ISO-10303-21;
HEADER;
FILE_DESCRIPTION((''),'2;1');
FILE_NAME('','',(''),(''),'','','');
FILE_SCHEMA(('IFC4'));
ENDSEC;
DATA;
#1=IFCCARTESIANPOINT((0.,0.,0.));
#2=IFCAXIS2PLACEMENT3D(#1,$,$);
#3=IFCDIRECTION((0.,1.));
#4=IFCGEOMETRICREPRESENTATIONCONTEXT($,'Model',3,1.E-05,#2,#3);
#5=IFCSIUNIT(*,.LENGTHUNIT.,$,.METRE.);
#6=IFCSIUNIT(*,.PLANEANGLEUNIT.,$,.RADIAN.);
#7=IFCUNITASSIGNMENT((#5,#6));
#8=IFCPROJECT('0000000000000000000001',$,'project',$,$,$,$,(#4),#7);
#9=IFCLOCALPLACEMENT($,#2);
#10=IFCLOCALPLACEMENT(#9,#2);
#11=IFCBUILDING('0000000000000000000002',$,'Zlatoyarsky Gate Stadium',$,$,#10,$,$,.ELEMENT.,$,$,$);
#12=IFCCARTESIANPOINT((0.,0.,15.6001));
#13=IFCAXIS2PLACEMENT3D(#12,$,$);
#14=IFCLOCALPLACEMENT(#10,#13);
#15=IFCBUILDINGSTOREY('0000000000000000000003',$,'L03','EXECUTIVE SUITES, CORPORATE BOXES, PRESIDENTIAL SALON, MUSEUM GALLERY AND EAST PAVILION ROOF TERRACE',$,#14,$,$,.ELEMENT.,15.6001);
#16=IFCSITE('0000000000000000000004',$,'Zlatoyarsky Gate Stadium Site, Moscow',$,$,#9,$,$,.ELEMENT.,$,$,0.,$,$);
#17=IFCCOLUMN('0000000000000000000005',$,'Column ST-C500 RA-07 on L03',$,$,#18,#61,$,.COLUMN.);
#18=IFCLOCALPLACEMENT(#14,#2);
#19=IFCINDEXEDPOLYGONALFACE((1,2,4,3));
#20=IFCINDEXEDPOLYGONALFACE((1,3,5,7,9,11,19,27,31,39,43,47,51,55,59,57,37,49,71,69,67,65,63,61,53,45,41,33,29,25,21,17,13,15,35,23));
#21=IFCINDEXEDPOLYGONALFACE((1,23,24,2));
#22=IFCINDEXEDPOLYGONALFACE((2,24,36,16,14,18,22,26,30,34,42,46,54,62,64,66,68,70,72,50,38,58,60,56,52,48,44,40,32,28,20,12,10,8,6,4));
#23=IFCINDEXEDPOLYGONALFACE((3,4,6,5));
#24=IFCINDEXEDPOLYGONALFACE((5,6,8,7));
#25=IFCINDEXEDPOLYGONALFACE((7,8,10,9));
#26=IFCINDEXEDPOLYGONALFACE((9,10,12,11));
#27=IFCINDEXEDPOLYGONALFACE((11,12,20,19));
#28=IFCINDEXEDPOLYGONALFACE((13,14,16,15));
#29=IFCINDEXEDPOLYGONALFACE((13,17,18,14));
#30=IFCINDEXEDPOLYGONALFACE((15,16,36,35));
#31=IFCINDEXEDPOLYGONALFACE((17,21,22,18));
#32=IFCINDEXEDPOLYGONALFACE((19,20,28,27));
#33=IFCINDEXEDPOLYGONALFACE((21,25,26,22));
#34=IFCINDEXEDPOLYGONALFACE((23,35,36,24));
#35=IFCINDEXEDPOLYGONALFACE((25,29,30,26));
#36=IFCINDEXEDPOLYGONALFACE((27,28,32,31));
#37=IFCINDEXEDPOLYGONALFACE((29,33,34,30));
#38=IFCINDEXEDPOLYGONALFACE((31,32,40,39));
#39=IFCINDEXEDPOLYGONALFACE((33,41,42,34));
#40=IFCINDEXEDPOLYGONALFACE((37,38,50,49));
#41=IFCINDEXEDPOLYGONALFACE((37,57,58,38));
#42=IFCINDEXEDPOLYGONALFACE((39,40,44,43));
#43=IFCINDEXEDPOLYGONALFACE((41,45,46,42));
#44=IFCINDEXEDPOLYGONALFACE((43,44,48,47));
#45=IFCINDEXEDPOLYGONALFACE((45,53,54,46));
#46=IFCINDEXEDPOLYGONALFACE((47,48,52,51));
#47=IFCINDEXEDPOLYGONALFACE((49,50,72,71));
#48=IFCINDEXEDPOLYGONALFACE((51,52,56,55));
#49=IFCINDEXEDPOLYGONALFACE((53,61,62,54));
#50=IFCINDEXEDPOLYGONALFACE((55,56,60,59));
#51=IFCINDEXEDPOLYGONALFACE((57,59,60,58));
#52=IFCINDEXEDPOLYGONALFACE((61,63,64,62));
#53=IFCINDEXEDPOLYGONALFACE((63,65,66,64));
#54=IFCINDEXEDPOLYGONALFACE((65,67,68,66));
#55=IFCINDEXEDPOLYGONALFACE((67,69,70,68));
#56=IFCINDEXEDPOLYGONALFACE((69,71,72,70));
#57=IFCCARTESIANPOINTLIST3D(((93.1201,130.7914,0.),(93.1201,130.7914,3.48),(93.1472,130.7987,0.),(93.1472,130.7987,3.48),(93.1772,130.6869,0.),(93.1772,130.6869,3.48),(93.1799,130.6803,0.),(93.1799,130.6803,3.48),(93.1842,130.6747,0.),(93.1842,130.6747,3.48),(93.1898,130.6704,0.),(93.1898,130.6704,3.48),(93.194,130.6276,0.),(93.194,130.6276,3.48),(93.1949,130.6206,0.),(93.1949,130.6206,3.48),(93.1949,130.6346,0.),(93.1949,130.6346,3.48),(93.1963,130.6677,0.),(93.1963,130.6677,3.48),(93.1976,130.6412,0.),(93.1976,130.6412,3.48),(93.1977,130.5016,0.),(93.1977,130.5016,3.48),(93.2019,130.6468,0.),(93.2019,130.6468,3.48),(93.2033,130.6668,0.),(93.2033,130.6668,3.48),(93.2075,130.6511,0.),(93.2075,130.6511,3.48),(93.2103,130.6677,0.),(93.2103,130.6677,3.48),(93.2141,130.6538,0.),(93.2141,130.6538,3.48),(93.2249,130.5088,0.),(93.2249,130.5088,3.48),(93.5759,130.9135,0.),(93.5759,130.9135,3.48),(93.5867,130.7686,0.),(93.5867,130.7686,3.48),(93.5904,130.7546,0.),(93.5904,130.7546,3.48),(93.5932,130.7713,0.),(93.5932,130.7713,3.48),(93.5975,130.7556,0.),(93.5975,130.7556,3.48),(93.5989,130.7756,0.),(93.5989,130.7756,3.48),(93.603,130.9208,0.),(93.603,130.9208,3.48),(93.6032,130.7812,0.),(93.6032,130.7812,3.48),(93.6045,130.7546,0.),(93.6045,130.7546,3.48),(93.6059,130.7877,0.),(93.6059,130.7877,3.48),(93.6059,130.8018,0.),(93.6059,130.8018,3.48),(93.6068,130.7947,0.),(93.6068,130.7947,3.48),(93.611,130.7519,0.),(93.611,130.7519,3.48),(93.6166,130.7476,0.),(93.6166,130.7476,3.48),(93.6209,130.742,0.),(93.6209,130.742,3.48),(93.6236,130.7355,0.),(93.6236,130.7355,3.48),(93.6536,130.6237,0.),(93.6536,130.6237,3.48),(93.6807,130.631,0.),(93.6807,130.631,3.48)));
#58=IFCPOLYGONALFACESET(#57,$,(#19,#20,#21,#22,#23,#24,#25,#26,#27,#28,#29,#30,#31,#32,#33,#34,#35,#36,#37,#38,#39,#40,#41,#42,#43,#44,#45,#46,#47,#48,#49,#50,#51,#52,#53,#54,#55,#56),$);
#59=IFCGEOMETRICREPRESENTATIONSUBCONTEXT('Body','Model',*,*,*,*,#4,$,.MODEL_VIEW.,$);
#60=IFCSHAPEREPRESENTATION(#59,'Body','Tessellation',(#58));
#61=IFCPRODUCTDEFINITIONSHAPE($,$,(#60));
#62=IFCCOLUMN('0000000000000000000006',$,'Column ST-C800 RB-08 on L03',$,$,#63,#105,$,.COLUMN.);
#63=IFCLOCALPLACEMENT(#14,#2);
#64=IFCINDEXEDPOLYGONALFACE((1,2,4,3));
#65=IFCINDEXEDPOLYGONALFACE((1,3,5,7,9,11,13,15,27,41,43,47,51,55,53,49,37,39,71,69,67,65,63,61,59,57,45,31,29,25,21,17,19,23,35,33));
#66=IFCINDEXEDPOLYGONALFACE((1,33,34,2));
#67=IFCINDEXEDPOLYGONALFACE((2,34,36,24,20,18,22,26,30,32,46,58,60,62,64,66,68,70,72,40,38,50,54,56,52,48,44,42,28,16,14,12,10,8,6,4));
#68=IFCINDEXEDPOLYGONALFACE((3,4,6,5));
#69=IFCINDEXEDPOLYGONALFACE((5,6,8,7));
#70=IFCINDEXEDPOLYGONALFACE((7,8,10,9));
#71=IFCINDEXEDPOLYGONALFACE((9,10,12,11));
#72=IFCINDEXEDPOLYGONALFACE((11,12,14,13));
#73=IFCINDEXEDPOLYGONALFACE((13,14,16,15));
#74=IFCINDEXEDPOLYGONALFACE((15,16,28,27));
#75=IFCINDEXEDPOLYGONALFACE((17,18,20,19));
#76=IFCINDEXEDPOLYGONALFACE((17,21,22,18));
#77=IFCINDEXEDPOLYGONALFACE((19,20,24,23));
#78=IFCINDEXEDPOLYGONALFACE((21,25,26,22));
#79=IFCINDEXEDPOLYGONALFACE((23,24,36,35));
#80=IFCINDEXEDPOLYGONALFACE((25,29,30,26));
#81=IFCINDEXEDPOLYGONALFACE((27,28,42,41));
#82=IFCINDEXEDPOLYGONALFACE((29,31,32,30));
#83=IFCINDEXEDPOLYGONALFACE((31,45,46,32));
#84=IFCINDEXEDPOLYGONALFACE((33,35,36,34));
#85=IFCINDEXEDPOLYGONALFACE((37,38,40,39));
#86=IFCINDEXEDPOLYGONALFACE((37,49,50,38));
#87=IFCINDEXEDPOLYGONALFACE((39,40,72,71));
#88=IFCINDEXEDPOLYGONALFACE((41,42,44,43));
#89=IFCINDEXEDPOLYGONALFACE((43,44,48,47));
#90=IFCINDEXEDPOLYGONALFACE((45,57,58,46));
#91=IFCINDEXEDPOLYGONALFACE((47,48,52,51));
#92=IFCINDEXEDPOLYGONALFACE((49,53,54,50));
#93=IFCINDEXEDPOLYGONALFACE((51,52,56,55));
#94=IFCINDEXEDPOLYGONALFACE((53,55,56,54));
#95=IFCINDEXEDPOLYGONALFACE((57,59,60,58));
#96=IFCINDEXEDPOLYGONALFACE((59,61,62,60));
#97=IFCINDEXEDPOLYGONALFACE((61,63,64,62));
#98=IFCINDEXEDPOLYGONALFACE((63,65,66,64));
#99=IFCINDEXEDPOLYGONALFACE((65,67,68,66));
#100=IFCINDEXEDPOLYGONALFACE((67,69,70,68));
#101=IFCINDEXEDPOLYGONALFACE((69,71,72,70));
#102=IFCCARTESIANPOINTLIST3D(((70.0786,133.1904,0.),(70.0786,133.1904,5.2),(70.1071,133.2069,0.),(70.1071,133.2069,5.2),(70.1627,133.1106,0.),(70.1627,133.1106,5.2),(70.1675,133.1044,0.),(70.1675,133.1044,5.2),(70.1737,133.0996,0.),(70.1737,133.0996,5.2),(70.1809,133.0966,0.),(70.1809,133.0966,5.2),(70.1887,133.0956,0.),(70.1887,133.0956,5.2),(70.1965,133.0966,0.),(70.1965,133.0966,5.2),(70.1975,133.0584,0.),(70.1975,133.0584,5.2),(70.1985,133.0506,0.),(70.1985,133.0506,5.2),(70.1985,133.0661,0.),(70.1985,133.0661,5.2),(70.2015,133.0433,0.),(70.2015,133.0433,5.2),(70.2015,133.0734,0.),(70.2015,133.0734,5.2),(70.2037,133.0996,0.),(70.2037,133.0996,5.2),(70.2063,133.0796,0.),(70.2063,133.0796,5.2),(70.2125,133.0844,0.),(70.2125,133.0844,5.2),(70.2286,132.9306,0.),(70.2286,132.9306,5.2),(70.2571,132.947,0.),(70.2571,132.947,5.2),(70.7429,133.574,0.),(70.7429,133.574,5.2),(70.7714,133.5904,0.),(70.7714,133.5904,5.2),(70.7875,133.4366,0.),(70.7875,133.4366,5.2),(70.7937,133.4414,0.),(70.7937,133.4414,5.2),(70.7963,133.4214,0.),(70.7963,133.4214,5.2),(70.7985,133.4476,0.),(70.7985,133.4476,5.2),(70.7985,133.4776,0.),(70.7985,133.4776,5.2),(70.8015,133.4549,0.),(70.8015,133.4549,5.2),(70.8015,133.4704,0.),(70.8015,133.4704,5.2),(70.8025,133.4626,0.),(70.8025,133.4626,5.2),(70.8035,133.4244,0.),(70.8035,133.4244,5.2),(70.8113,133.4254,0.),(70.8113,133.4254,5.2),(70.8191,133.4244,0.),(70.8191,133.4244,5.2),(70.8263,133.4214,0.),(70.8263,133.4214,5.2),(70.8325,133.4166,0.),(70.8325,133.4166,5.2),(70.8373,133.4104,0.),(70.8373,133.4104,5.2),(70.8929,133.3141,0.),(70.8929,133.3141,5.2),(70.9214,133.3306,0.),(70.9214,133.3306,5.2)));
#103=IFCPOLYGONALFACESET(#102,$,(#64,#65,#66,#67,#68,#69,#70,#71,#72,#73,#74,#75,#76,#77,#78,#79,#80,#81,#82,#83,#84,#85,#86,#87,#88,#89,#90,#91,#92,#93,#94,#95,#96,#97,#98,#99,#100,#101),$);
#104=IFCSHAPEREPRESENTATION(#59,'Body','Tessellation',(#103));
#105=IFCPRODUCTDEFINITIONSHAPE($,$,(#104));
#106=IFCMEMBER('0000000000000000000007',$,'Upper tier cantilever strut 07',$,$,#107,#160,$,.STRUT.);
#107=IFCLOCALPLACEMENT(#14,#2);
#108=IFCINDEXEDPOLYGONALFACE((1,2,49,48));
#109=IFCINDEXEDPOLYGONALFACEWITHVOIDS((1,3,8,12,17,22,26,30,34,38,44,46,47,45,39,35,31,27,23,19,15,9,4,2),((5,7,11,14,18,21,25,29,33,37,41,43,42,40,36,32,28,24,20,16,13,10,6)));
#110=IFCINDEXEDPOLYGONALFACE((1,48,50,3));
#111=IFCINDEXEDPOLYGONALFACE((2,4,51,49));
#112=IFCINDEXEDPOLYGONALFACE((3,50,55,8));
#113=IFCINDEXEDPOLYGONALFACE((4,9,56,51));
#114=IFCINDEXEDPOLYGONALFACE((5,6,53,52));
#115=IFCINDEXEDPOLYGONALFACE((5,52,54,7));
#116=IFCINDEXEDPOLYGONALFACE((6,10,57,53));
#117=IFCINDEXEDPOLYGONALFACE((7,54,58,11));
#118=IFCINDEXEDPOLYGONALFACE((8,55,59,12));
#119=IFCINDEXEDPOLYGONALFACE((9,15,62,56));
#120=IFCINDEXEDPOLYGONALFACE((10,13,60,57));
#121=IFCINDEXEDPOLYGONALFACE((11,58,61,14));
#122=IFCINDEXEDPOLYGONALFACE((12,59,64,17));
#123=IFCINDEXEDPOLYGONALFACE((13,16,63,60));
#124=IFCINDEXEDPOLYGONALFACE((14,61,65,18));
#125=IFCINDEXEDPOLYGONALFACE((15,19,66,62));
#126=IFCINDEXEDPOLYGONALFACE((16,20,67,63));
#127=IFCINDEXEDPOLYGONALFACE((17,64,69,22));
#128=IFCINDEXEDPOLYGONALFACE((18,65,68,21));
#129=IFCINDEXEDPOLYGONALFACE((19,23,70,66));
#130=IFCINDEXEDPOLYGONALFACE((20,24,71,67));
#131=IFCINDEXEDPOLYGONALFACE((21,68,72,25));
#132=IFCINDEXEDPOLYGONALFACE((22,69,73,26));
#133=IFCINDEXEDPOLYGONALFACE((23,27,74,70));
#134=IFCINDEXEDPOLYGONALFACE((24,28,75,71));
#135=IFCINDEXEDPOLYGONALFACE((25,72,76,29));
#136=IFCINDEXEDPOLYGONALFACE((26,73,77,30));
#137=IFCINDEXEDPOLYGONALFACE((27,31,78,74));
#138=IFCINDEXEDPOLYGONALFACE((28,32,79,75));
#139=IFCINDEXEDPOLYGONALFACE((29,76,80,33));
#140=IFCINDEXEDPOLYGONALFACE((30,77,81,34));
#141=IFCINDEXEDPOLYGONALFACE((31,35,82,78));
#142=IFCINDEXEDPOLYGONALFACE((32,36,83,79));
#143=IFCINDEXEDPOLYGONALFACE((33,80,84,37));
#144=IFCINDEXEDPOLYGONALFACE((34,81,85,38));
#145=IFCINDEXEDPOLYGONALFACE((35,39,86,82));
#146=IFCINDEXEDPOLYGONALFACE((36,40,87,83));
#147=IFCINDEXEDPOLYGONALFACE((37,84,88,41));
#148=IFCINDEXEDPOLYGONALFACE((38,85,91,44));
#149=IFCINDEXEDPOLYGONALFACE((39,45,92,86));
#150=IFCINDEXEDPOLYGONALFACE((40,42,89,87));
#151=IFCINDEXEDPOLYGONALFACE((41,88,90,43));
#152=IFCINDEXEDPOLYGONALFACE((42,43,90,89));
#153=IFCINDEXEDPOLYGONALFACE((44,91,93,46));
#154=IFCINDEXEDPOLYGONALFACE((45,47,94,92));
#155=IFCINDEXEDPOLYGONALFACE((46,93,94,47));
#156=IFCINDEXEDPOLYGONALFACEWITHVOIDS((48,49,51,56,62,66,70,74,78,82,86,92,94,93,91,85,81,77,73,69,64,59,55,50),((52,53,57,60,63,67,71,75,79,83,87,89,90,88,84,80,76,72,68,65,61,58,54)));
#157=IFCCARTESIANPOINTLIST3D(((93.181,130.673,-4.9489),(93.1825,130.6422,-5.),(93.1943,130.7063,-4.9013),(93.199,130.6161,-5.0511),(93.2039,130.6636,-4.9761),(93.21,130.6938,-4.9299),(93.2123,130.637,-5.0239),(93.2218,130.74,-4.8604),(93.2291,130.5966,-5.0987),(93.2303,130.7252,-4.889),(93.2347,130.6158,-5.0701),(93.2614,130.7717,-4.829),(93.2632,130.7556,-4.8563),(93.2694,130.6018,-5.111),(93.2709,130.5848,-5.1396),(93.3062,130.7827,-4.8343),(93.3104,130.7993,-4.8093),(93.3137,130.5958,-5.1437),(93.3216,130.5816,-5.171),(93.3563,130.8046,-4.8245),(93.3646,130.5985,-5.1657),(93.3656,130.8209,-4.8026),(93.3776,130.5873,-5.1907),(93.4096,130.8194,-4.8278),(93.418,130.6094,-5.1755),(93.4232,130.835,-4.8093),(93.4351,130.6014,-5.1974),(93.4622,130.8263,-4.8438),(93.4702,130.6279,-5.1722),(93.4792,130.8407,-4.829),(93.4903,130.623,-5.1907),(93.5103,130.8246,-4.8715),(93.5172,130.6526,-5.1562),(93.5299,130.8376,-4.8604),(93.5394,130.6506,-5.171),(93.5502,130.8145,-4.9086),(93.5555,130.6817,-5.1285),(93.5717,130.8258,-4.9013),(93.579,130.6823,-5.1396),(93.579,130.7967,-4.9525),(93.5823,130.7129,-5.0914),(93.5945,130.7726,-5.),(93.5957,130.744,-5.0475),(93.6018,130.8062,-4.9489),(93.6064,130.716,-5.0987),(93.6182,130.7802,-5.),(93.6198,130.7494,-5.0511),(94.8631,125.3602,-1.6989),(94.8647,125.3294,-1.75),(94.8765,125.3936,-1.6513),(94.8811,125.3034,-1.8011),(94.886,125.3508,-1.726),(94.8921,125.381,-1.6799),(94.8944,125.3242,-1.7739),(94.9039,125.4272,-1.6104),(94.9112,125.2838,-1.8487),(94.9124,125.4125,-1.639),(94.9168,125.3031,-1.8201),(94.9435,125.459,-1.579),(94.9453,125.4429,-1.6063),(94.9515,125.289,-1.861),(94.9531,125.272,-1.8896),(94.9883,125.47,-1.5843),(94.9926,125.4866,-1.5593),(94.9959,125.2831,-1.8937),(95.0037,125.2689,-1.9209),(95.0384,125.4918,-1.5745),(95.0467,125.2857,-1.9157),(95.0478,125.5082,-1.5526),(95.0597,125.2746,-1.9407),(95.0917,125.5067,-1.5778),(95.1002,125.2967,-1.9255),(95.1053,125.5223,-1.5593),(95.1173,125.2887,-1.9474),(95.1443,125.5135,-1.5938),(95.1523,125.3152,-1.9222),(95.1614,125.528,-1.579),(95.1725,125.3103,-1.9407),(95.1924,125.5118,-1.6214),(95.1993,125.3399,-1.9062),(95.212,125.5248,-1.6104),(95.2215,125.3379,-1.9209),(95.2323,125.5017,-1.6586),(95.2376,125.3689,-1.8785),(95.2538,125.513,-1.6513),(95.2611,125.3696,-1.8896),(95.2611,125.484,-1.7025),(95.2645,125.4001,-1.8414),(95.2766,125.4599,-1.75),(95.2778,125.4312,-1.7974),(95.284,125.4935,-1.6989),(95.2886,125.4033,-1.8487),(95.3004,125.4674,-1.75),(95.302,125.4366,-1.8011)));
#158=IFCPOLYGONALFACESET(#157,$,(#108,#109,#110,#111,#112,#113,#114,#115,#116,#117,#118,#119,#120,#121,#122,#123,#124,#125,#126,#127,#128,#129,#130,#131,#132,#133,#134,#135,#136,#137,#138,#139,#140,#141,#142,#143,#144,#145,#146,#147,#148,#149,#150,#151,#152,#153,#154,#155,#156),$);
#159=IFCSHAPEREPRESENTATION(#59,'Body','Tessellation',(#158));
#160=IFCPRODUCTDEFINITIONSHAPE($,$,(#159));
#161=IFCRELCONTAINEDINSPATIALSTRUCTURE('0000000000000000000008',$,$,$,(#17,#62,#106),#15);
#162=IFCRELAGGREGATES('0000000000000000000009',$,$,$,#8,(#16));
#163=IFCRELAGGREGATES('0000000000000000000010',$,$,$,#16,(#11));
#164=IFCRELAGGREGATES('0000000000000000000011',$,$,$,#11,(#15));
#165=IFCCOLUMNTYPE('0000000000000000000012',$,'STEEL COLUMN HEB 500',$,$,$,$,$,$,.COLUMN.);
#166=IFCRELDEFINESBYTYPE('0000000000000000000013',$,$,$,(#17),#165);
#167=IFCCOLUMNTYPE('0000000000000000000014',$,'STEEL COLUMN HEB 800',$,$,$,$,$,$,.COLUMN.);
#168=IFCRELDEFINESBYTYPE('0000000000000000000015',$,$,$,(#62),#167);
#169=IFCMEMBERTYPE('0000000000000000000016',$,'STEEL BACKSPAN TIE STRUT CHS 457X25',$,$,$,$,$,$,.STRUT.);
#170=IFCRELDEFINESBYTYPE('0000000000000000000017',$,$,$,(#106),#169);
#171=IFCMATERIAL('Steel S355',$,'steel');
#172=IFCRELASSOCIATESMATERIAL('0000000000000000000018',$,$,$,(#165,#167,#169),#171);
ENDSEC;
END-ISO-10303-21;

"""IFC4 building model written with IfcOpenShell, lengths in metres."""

from ifc_helpers import new_model, si_unit, direction, frame, origin, origin_2d, place, context, subcontext, project, spatial, hollow_circle, i_section, extrude, material, material_profile, profile_set, type_object, element, save


model = new_model("IFC4")

# Units and contexts
model_context = context("Model", 3, precision=1e-05, world=origin(), true_north=direction((0.0, 1.0)))
body_context = subcontext(model_context, "Body", "Model", "MODEL_VIEW")
ifc_project = project(units=[si_unit("LENGTHUNIT", "METRE"), si_unit("PLANEANGLEUNIT", "RADIAN")], contexts=[model_context])

# Site, building, storey
site_placement = place(None, origin())
site = spatial("IfcSite", under=ifc_project, at=site_placement, Name="Zlatoyarsky Gate Stadium Site, Moscow", CompositionType="ELEMENT", RefElevation=0.0)
building_placement = place(site_placement, origin())
building = spatial("IfcBuilding", under=site, at=building_placement, Name="Zlatoyarsky Gate Stadium", CompositionType="ELEMENT")
storey_placement = place(building_placement, frame((0.0, 0.0, 15.6001)))
storey = spatial("IfcBuildingStorey", under=building, at=storey_placement, Name="L03", Description="EXECUTIVE SUITES, CORPORATE BOXES, PRESIDENTIAL SALON, MUSEUM GALLERY AND EAST PAVILION ROOF TERRACE", CompositionType="ELEMENT", Elevation=15.6001)

# Columns
ifc_material_1 = material(Name="Steel S355", Category="steel")
ifc_material_profile_1 = material_profile(ifc_material_1, i_section(OverallWidth=0.3, OverallDepth=0.5, WebThickness=0.0144, FlangeThickness=0.0281, FilletRadius=0.0271, at=origin_2d()), Name="HEB 500")
ifc_profile_set_1 = profile_set([ifc_material_profile_1], Name="Steel S355")
column_type_1 = type_object("IfcColumnType", Name="STEEL COLUMN HEB 500", PredefinedType="COLUMN", material=ifc_profile_set_1)
column_1_placement = place(storey_placement, frame((93.4004, 130.7112, 0.0), z_axis=(0.0, 0.0, 1.0), x_axis=(-0.258819, 0.965926, 0.0)))
element("IfcColumn", 1, at=column_1_placement, inside=storey, type_object=column_type_1, Name="Column ST-C500 RA-07 on L03", PredefinedType="COLUMN", context=body_context, shape_type="SweptSolid", body=[
    extrude(i_section(OverallWidth=0.3, OverallDepth=0.5, WebThickness=0.0144, FlangeThickness=0.0281, FilletRadius=0.0271, at=origin_2d()), origin(), (0.0, 0.0, 1.0), 3.48),
])
ifc_material_profile_2 = material_profile(ifc_material_1, i_section(OverallWidth=0.3, OverallDepth=0.8, WebThickness=0.0176, FlangeThickness=0.033, FilletRadius=0.03, at=origin_2d()), Name="HEB 800")
ifc_profile_set_2 = profile_set([ifc_material_profile_2], Name="Steel S355")
column_type_2 = type_object("IfcColumnType", Name="STEEL COLUMN HEB 800", PredefinedType="COLUMN", material=ifc_profile_set_2)
column_2_placement = place(storey_placement, frame((70.5, 133.2605, 0.0), z_axis=(0.0, 0.0, 1.0), x_axis=(-0.5, 0.866025, 0.0)))
element("IfcColumn", 2, at=column_2_placement, inside=storey, type_object=column_type_2, Name="Column ST-C800 RB-08 on L03", PredefinedType="COLUMN", context=body_context, shape_type="SweptSolid", body=[
    extrude(i_section(OverallWidth=0.3, OverallDepth=0.8, WebThickness=0.0176, FlangeThickness=0.033, FilletRadius=0.03, at=origin_2d()), origin(), (0.0, 0.0, 1.0), 5.2),
])

# Member
ifc_material_profile_3 = material_profile(ifc_material_1, hollow_circle(Radius=0.2285, WallThickness=0.0249, at=origin_2d()), Name="CHS 457X25")
ifc_profile_set_3 = profile_set([ifc_material_profile_3], Name="Steel S355")
member_type = type_object("IfcMemberType", Name="STEEL BACKSPAN TIE STRUT CHS 457X25", PredefinedType="STRUT", material=ifc_profile_set_3)
member_placement = place(storey_placement, frame((93.4004, 130.7112, -5.0), z_axis=(0.260749, -0.823535, 0.503786), x_axis=(0.953355, 0.301853, 0.0)))
element("IfcMember", 3, at=member_placement, inside=storey, type_object=member_type, Name="Upper tier cantilever strut 07", PredefinedType="STRUT", context=body_context, shape_type="SweptSolid", body=[
    extrude(hollow_circle(Radius=0.2285, WallThickness=0.0249, at=origin_2d()), origin(), (0.0, 0.0, 1.0), 6.4512),
])

save(model, "model.ifc")
